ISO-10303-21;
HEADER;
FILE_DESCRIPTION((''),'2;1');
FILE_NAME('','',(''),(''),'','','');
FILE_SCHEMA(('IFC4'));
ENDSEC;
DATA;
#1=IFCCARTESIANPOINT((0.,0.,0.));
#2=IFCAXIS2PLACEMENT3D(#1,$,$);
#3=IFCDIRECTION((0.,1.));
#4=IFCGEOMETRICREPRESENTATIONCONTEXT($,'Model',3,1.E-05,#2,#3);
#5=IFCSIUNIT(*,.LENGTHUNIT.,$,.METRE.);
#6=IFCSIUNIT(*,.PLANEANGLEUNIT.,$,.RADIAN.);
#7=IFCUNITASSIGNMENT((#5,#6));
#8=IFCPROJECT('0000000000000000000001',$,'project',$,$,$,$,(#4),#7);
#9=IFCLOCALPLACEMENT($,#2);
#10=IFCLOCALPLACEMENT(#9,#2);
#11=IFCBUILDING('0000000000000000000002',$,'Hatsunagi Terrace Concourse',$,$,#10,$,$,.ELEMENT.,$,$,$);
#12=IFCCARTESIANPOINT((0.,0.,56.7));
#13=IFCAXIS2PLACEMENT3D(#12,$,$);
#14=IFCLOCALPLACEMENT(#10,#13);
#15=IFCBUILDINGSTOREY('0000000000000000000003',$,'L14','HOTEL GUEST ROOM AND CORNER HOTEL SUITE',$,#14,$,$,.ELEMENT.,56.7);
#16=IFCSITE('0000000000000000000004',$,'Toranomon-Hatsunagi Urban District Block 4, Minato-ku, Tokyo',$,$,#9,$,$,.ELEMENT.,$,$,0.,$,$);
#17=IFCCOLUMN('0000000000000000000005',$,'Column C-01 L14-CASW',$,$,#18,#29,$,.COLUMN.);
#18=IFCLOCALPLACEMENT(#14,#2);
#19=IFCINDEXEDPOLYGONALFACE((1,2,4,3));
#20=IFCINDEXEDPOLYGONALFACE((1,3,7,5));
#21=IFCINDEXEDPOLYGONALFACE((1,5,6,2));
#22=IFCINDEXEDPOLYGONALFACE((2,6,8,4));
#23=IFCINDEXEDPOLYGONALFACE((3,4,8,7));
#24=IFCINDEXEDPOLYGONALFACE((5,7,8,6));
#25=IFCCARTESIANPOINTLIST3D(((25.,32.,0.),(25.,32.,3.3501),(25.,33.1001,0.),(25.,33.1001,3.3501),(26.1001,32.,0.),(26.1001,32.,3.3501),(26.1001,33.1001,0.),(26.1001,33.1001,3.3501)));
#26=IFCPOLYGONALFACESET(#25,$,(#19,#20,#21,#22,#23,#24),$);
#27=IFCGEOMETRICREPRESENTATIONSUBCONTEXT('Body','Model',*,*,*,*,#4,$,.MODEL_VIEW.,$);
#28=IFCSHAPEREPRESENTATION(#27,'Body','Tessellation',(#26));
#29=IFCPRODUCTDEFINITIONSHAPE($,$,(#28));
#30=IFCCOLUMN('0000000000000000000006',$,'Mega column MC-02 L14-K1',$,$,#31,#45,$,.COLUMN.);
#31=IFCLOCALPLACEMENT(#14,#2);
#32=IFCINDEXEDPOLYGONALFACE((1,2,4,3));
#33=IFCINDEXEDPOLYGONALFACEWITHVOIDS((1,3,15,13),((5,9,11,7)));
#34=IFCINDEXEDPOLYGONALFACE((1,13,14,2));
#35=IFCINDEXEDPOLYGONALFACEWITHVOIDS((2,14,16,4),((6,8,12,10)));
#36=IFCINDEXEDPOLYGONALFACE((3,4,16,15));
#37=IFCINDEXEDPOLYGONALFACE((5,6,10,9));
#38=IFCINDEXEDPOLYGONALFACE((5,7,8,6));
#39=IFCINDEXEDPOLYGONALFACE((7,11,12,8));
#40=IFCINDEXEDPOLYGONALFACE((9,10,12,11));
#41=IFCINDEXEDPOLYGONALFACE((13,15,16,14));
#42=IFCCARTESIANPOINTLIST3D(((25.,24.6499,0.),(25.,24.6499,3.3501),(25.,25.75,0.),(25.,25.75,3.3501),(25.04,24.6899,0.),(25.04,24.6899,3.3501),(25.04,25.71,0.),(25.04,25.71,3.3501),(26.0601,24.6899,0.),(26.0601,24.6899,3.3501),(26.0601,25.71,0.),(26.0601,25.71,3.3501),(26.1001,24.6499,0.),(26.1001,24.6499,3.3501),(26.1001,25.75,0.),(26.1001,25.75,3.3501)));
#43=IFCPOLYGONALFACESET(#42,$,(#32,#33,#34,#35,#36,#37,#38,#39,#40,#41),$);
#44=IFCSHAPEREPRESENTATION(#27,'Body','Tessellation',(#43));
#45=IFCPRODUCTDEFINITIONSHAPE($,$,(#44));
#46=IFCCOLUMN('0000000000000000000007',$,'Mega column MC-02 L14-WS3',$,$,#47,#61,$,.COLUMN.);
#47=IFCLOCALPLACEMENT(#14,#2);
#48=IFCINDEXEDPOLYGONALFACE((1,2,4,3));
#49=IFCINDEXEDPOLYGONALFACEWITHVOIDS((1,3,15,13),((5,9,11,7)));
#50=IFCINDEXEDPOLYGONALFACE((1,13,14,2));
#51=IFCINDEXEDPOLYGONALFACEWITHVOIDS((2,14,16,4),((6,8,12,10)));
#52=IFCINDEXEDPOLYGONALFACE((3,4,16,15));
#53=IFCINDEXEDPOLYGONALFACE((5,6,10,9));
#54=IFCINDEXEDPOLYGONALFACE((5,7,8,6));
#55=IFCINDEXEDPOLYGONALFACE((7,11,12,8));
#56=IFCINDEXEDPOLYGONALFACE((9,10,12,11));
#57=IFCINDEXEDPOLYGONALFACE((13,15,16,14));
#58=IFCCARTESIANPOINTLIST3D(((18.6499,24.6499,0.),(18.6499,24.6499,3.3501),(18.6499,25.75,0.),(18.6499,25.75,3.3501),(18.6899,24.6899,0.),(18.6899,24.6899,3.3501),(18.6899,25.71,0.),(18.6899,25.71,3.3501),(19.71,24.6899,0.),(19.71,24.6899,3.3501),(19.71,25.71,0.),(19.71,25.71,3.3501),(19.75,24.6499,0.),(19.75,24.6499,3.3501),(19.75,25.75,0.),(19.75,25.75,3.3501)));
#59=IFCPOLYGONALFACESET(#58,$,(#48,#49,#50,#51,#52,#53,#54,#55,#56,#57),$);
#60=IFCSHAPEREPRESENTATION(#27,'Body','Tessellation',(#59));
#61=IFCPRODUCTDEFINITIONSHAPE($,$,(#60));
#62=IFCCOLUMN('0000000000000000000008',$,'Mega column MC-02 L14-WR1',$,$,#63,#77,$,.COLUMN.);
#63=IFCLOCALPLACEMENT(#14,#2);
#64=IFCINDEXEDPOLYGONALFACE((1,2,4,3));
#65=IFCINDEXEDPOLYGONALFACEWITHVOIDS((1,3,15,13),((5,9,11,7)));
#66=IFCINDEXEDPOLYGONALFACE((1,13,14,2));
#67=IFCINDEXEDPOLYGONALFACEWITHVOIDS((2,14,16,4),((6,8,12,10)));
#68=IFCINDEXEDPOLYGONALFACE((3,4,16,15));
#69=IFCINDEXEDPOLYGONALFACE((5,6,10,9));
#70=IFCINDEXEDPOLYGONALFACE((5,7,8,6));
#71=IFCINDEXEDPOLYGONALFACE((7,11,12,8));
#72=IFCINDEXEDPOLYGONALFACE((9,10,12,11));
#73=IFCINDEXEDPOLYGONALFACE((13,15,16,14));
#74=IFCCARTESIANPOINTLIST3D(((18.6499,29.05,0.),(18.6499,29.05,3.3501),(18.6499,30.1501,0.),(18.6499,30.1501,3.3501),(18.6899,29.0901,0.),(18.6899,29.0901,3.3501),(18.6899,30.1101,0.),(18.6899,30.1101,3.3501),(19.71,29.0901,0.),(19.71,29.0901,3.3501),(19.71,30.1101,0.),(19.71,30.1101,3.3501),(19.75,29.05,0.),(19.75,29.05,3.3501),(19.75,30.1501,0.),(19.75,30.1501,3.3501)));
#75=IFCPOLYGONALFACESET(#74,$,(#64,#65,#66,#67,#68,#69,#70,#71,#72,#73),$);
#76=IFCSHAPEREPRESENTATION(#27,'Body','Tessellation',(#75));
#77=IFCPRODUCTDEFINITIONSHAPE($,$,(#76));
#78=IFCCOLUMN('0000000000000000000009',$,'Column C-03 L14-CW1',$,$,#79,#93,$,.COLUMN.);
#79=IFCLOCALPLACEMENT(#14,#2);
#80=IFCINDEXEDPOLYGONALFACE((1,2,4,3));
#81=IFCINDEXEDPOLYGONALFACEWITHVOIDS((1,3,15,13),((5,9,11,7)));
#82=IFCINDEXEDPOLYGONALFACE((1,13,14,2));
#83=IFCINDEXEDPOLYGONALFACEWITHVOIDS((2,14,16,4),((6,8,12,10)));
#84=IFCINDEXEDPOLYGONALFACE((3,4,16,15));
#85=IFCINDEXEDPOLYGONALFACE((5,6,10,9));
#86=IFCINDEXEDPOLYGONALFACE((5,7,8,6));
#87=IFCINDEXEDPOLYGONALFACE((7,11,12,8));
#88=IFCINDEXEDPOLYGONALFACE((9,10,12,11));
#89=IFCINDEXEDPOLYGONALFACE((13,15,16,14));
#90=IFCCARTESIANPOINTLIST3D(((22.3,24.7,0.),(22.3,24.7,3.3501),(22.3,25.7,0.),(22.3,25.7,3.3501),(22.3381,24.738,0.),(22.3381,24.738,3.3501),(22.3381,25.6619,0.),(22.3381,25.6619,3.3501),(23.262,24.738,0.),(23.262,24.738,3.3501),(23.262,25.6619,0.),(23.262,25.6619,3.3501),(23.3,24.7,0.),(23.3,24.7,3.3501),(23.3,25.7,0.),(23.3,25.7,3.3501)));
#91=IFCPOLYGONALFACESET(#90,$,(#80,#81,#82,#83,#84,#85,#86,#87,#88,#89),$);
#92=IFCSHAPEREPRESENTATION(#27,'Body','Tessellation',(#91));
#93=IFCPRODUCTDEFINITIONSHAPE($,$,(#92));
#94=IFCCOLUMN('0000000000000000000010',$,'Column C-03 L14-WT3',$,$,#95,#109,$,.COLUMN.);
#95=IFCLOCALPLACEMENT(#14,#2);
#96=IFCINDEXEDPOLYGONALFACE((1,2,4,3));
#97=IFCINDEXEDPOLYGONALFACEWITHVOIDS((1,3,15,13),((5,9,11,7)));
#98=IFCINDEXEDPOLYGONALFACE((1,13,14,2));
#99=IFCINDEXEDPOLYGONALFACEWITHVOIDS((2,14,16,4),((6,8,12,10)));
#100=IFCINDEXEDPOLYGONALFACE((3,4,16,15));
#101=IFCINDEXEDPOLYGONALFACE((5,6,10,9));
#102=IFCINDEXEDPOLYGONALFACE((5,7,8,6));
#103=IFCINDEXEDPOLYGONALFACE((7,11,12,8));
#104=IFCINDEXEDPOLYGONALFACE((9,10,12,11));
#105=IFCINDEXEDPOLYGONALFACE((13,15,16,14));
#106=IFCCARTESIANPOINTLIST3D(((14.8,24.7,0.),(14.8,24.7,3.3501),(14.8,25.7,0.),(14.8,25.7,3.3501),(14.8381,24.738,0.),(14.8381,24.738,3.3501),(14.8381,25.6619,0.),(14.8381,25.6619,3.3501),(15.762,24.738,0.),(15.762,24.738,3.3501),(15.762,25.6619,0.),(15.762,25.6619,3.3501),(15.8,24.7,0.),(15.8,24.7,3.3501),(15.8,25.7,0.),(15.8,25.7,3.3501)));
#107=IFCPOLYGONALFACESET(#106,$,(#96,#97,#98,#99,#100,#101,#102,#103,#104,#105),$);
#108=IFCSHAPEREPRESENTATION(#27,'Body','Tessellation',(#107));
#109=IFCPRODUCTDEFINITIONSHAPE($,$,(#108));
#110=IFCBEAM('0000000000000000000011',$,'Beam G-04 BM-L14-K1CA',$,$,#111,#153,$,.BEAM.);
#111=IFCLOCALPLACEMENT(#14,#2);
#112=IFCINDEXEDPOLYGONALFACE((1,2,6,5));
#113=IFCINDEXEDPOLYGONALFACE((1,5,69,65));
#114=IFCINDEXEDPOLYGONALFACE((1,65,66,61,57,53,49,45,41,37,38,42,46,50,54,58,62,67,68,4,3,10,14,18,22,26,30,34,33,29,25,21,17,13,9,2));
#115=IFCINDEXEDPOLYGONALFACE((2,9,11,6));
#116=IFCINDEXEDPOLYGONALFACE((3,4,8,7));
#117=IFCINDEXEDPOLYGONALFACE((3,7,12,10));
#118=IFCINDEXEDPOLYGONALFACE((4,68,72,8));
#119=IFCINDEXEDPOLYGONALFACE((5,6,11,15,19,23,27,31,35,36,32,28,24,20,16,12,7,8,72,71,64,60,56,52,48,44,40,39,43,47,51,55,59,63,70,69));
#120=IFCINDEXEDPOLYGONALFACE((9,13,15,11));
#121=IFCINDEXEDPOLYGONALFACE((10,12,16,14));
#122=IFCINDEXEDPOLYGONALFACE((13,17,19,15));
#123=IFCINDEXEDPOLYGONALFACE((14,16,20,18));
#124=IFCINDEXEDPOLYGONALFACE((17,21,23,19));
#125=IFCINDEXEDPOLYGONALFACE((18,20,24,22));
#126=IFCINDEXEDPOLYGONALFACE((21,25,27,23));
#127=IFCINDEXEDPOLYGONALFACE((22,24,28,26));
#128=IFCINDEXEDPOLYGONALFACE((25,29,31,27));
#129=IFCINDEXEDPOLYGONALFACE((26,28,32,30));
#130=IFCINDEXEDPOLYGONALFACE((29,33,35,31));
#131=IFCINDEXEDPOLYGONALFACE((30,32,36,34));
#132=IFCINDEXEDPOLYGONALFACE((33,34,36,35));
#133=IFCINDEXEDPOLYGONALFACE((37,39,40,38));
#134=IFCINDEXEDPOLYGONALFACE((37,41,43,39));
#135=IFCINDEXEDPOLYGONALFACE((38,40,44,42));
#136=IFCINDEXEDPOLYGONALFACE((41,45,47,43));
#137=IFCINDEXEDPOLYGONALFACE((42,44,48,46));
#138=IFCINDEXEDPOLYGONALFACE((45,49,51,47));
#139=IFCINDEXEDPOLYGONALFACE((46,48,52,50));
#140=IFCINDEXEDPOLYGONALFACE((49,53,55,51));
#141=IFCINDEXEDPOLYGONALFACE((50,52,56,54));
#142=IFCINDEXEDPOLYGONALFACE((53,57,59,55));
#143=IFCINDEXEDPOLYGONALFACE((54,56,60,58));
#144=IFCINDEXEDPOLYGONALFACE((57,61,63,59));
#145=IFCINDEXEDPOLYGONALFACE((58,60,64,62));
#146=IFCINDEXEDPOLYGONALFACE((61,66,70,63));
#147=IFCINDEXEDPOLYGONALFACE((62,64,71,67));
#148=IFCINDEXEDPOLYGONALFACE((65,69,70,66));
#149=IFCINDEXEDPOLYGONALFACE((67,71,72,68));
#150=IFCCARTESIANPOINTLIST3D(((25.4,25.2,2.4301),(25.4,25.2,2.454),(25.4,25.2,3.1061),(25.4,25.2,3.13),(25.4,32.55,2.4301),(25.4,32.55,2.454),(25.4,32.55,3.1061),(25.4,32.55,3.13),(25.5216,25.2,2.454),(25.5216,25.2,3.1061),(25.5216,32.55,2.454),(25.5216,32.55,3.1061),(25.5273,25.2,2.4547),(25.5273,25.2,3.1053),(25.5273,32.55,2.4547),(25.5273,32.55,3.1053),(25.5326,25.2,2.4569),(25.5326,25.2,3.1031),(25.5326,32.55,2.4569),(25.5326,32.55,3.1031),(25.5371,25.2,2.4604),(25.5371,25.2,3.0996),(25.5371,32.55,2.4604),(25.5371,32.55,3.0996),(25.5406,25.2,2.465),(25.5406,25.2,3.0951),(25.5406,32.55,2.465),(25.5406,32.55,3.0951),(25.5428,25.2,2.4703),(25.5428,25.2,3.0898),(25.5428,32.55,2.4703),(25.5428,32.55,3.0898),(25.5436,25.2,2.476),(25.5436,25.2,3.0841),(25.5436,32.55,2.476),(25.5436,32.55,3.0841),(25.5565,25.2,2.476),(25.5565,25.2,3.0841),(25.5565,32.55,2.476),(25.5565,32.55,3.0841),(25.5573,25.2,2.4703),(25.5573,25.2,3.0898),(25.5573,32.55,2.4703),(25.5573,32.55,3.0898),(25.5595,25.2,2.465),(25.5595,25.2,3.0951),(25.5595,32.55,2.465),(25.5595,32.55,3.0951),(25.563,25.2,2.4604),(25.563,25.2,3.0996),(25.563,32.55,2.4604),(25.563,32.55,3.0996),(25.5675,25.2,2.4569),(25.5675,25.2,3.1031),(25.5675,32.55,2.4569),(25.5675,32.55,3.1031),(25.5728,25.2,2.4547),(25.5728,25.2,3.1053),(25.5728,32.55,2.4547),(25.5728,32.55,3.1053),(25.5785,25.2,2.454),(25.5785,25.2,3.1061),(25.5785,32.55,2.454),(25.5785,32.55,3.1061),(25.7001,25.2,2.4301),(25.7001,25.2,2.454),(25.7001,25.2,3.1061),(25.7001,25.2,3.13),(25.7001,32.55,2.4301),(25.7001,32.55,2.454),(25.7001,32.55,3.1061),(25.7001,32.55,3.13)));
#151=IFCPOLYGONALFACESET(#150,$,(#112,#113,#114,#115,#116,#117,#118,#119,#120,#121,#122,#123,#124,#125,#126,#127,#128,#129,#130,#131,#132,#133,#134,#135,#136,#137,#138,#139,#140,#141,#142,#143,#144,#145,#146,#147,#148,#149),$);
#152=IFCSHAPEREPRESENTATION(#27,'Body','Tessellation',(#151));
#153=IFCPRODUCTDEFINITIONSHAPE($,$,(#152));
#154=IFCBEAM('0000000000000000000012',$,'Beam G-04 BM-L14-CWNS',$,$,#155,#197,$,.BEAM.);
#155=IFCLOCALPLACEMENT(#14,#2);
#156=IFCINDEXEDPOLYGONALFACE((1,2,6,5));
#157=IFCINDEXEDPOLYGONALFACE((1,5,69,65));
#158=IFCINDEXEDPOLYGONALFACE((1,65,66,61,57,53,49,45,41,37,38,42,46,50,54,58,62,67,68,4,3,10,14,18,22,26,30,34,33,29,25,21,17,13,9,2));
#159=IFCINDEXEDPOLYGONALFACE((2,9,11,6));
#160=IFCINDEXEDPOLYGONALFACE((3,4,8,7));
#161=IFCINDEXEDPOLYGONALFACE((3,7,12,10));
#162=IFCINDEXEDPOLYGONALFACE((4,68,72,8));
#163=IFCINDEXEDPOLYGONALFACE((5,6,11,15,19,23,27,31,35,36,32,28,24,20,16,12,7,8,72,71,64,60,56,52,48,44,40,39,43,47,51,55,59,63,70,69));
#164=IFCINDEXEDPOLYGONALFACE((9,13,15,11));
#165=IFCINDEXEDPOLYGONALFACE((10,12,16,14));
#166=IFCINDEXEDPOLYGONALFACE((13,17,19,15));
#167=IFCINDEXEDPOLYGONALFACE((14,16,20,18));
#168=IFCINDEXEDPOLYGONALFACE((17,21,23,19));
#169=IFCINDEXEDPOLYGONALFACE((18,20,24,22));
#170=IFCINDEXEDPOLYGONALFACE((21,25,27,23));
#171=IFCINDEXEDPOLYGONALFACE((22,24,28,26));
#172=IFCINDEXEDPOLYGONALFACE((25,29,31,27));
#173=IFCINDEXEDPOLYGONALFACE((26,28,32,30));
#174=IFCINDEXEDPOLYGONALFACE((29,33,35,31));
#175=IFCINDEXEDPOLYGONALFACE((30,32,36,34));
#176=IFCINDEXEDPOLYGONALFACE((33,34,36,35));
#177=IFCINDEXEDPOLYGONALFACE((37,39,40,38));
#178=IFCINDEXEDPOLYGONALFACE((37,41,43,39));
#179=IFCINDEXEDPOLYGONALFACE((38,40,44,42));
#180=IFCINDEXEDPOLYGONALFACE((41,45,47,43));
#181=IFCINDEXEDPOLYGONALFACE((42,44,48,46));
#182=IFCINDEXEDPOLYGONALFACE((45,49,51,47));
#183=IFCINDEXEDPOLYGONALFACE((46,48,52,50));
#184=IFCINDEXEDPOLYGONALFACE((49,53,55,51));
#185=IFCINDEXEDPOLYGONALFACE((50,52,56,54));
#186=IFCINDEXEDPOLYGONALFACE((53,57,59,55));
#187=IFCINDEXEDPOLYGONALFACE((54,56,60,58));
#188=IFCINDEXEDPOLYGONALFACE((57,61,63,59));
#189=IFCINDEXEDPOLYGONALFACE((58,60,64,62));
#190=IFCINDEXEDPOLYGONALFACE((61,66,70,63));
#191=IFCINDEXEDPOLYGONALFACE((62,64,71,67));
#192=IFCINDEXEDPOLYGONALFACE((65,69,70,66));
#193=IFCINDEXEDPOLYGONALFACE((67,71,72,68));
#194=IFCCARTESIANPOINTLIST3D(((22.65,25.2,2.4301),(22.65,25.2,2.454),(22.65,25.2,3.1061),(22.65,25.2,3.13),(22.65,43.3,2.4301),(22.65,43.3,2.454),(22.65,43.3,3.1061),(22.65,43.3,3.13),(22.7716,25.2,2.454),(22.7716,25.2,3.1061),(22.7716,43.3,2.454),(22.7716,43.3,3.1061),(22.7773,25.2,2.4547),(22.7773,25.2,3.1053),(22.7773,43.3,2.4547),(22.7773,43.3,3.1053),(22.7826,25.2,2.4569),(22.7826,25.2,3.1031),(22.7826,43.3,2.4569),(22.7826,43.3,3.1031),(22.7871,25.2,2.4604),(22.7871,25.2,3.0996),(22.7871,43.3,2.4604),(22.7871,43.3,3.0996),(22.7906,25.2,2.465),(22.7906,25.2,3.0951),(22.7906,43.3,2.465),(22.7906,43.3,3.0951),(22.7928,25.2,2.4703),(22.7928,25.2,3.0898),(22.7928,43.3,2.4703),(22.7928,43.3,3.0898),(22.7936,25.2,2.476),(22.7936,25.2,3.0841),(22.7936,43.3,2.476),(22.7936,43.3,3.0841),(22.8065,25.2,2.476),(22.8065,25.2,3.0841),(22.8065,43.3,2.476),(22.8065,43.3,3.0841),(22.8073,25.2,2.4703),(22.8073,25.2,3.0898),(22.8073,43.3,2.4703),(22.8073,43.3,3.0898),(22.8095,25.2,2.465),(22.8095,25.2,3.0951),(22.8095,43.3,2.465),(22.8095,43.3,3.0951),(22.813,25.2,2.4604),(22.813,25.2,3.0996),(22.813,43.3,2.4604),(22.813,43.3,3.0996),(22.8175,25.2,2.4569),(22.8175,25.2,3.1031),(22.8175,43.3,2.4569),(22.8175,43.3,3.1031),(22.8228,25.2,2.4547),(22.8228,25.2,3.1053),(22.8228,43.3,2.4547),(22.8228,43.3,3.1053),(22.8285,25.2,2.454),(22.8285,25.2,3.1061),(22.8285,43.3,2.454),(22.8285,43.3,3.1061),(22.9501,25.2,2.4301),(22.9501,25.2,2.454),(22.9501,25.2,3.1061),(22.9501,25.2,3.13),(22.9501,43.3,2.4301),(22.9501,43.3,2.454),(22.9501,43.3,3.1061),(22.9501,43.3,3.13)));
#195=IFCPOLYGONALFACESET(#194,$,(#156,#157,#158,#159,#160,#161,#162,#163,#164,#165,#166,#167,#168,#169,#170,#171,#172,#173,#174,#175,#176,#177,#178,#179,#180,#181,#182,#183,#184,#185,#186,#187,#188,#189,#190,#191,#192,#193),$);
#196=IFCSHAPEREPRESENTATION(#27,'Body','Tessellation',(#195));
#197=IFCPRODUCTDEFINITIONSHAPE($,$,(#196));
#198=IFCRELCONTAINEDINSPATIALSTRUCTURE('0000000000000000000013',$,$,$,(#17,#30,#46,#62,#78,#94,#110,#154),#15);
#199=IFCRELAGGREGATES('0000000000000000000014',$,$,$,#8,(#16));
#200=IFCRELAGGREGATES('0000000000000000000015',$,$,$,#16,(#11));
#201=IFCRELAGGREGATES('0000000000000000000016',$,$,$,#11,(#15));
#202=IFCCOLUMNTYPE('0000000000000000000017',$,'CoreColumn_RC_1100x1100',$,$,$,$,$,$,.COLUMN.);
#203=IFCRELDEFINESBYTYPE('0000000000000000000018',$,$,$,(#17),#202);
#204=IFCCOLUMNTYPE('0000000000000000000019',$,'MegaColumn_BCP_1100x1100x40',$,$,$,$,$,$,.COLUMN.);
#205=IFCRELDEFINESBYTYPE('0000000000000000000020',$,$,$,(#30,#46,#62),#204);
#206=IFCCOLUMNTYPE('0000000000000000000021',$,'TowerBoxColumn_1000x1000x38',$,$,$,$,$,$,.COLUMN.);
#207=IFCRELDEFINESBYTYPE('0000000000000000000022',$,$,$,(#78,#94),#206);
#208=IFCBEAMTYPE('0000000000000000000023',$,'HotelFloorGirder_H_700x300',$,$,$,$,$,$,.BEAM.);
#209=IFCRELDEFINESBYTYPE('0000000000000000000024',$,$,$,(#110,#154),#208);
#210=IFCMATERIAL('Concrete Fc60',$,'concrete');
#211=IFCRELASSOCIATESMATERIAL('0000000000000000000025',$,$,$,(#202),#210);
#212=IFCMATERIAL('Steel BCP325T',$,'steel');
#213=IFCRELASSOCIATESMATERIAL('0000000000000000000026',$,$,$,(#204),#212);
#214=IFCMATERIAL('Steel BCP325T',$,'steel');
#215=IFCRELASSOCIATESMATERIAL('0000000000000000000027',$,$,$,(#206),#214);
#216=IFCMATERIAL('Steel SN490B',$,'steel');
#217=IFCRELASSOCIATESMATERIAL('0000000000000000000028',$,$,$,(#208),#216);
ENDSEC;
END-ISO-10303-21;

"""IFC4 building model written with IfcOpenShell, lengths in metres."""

from ifc_helpers import new_model, si_unit, direction, frame, origin, origin_2d, place, context, subcontext, project, spatial, rectangle, hollow_rectangle, i_section, extrude, material, material_profile, profile_set, type_object, element, save


model = new_model("IFC4")

# Units and contexts
model_context = context("Model", 3, precision=1e-05, world=origin(), true_north=direction((0.0, 1.0)))
body_context = subcontext(model_context, "Body", "Model", "MODEL_VIEW")
ifc_project = project(units=[si_unit("LENGTHUNIT", "METRE"), si_unit("PLANEANGLEUNIT", "RADIAN")], contexts=[model_context])

# Site, building, storey
site_placement = place(None, origin())
site = spatial("IfcSite", under=ifc_project, at=site_placement, Name="Toranomon-Hatsunagi Urban District Block 4, Minato-ku, Tokyo", CompositionType="ELEMENT", RefElevation=0.0)
building_placement = place(site_placement, origin())
building = spatial("IfcBuilding", under=site, at=building_placement, Name="Hatsunagi Terrace Concourse", CompositionType="ELEMENT")
storey_placement = place(building_placement, frame((0.0, 0.0, 56.7)))
storey = spatial("IfcBuildingStorey", under=building, at=storey_placement, Name="L14", Description="HOTEL GUEST ROOM AND CORNER HOTEL SUITE", CompositionType="ELEMENT", Elevation=56.7)

# Columns
ifc_material_1 = material(Name="Concrete Fc60", Category="concrete")
ifc_material_profile_1 = material_profile(ifc_material_1, rectangle(XDim=1.1001, YDim=1.1001, at=origin_2d()), Name="RC-1100x1100")
ifc_profile_set_1 = profile_set([ifc_material_profile_1], Name="Concrete Fc60")
column_type_1 = type_object("IfcColumnType", Name="CoreColumn_RC_1100x1100", PredefinedType="COLUMN", material=ifc_profile_set_1)
column_placement = place(storey_placement, frame((25.55, 32.55, 0.0), z_axis=(0.0, 0.0, 1.0), x_axis=(1.0, 0.0, 0.0)))
element("IfcColumn", 1, at=column_placement, inside=storey, type_object=column_type_1, Name="Column C-01 L14-CASW", PredefinedType="COLUMN", context=body_context, shape_type="SweptSolid", body=[
    extrude(rectangle(XDim=1.1001, YDim=1.1001, at=origin_2d()), origin(), (0.0, 0.0, 1.0), 3.3501),
])
ifc_material_2 = material(Name="Steel BCP325T", Category="steel")
ifc_material_profile_2 = material_profile(ifc_material_2, hollow_rectangle(XDim=1.1001, YDim=1.1001, WallThickness=0.04, at=origin_2d()), Name="BCP-1100x1100x40")
ifc_profile_set_2 = profile_set([ifc_material_profile_2], Name="Steel BCP325T")
column_type_2 = type_object("IfcColumnType", Name="MegaColumn_BCP_1100x1100x40", PredefinedType="COLUMN", material=ifc_profile_set_2)
for number, where, z_axis, x_axis, name in (
    (2, (25.55, 25.2, 0.0), (0.0, 0.0, 1.0), (1.0, 0.0, 0.0), "Mega column MC-02 L14-K1"),
    (3, (19.2, 25.2, 0.0), (0.0, 0.0, 1.0), (1.0, 0.0, 0.0), "Mega column MC-02 L14-WS3"),
    (4, (19.2, 29.6001, 0.0), (0.0, 0.0, 1.0), (1.0, 0.0, 0.0), "Mega column MC-02 L14-WR1"),
):
    element("IfcColumn", number, at=place(storey_placement, frame(where, z_axis=z_axis, x_axis=x_axis)), inside=storey, type_object=column_type_2, Name=name, PredefinedType="COLUMN", context=body_context, shape_type="SweptSolid", body=[
        extrude(hollow_rectangle(XDim=1.1001, YDim=1.1001, WallThickness=0.04, at=origin_2d()), origin(), (0.0, 0.0, 1.0), 3.3501),
    ])
ifc_material_3 = material(Name="Steel BCP325T", Category="steel")
ifc_material_profile_3 = material_profile(ifc_material_3, hollow_rectangle(XDim=1.0, YDim=1.0, WallThickness=0.0381, at=origin_2d()), Name="BCP-1000x1000x38")
ifc_profile_set_3 = profile_set([ifc_material_profile_3], Name="Steel BCP325T")
column_type_3 = type_object("IfcColumnType", Name="TowerBoxColumn_1000x1000x38", PredefinedType="COLUMN", material=ifc_profile_set_3)
for number, where, z_axis, x_axis, name in (
    (5, (22.8, 25.2, 0.0), (0.0, 0.0, 1.0), (1.0, 0.0, 0.0), "Column C-03 L14-CW1"),
    (6, (15.3, 25.2, 0.0), (0.0, 0.0, 1.0), (1.0, 0.0, 0.0), "Column C-03 L14-WT3"),
):
    element("IfcColumn", number, at=place(storey_placement, frame(where, z_axis=z_axis, x_axis=x_axis)), inside=storey, type_object=column_type_3, Name=name, PredefinedType="COLUMN", context=body_context, shape_type="SweptSolid", body=[
        extrude(hollow_rectangle(XDim=1.0, YDim=1.0, WallThickness=0.0381, at=origin_2d()), origin(), (0.0, 0.0, 1.0), 3.3501),
    ])

# Beams
ifc_material_4 = material(Name="Steel SN490B", Category="steel")
ifc_material_profile_4 = material_profile(ifc_material_4, i_section(OverallWidth=0.3, OverallDepth=0.7, WebThickness=0.0129, FlangeThickness=0.0239, FilletRadius=0.022, at=origin_2d()), Name="H-700x300x13x24")
ifc_profile_set_4 = profile_set([ifc_material_profile_4], Name="Steel SN490B")
beam_type_1 = type_object("IfcBeamType", Name="HotelFloorGirder_H_700x300", PredefinedType="BEAM", material=ifc_profile_set_4)
beam_1_placement = place(storey_placement, frame((25.55, 25.2, 2.78), z_axis=(0.0, 1.0, 0.0), x_axis=(-1.0, 0.0, 0.0)))
element("IfcBeam", 7, at=beam_1_placement, inside=storey, type_object=beam_type_1, Name="Beam G-04 BM-L14-K1CA", PredefinedType="BEAM", context=body_context, shape_type="SweptSolid", body=[
    extrude(i_section(OverallWidth=0.3, OverallDepth=0.7, WebThickness=0.0129, FlangeThickness=0.0239, FilletRadius=0.022, at=origin_2d()), origin(), (0.0, 0.0, 1.0), 7.3501),
])
beam_2_placement = place(storey_placement, frame((22.8, 25.2, 2.78), z_axis=(0.0, 1.0, 0.0), x_axis=(-1.0, 0.0, 0.0)))
element("IfcBeam", 8, at=beam_2_placement, inside=storey, type_object=beam_type_1, Name="Beam G-04 BM-L14-CWNS", PredefinedType="BEAM", context=body_context, shape_type="SweptSolid", body=[
    extrude(i_section(OverallWidth=0.3, OverallDepth=0.7, WebThickness=0.0129, FlangeThickness=0.0239, FilletRadius=0.022, at=origin_2d()), origin(), (0.0, 0.0, 1.0), 18.1001),
])

save(model, "model.ifc")
